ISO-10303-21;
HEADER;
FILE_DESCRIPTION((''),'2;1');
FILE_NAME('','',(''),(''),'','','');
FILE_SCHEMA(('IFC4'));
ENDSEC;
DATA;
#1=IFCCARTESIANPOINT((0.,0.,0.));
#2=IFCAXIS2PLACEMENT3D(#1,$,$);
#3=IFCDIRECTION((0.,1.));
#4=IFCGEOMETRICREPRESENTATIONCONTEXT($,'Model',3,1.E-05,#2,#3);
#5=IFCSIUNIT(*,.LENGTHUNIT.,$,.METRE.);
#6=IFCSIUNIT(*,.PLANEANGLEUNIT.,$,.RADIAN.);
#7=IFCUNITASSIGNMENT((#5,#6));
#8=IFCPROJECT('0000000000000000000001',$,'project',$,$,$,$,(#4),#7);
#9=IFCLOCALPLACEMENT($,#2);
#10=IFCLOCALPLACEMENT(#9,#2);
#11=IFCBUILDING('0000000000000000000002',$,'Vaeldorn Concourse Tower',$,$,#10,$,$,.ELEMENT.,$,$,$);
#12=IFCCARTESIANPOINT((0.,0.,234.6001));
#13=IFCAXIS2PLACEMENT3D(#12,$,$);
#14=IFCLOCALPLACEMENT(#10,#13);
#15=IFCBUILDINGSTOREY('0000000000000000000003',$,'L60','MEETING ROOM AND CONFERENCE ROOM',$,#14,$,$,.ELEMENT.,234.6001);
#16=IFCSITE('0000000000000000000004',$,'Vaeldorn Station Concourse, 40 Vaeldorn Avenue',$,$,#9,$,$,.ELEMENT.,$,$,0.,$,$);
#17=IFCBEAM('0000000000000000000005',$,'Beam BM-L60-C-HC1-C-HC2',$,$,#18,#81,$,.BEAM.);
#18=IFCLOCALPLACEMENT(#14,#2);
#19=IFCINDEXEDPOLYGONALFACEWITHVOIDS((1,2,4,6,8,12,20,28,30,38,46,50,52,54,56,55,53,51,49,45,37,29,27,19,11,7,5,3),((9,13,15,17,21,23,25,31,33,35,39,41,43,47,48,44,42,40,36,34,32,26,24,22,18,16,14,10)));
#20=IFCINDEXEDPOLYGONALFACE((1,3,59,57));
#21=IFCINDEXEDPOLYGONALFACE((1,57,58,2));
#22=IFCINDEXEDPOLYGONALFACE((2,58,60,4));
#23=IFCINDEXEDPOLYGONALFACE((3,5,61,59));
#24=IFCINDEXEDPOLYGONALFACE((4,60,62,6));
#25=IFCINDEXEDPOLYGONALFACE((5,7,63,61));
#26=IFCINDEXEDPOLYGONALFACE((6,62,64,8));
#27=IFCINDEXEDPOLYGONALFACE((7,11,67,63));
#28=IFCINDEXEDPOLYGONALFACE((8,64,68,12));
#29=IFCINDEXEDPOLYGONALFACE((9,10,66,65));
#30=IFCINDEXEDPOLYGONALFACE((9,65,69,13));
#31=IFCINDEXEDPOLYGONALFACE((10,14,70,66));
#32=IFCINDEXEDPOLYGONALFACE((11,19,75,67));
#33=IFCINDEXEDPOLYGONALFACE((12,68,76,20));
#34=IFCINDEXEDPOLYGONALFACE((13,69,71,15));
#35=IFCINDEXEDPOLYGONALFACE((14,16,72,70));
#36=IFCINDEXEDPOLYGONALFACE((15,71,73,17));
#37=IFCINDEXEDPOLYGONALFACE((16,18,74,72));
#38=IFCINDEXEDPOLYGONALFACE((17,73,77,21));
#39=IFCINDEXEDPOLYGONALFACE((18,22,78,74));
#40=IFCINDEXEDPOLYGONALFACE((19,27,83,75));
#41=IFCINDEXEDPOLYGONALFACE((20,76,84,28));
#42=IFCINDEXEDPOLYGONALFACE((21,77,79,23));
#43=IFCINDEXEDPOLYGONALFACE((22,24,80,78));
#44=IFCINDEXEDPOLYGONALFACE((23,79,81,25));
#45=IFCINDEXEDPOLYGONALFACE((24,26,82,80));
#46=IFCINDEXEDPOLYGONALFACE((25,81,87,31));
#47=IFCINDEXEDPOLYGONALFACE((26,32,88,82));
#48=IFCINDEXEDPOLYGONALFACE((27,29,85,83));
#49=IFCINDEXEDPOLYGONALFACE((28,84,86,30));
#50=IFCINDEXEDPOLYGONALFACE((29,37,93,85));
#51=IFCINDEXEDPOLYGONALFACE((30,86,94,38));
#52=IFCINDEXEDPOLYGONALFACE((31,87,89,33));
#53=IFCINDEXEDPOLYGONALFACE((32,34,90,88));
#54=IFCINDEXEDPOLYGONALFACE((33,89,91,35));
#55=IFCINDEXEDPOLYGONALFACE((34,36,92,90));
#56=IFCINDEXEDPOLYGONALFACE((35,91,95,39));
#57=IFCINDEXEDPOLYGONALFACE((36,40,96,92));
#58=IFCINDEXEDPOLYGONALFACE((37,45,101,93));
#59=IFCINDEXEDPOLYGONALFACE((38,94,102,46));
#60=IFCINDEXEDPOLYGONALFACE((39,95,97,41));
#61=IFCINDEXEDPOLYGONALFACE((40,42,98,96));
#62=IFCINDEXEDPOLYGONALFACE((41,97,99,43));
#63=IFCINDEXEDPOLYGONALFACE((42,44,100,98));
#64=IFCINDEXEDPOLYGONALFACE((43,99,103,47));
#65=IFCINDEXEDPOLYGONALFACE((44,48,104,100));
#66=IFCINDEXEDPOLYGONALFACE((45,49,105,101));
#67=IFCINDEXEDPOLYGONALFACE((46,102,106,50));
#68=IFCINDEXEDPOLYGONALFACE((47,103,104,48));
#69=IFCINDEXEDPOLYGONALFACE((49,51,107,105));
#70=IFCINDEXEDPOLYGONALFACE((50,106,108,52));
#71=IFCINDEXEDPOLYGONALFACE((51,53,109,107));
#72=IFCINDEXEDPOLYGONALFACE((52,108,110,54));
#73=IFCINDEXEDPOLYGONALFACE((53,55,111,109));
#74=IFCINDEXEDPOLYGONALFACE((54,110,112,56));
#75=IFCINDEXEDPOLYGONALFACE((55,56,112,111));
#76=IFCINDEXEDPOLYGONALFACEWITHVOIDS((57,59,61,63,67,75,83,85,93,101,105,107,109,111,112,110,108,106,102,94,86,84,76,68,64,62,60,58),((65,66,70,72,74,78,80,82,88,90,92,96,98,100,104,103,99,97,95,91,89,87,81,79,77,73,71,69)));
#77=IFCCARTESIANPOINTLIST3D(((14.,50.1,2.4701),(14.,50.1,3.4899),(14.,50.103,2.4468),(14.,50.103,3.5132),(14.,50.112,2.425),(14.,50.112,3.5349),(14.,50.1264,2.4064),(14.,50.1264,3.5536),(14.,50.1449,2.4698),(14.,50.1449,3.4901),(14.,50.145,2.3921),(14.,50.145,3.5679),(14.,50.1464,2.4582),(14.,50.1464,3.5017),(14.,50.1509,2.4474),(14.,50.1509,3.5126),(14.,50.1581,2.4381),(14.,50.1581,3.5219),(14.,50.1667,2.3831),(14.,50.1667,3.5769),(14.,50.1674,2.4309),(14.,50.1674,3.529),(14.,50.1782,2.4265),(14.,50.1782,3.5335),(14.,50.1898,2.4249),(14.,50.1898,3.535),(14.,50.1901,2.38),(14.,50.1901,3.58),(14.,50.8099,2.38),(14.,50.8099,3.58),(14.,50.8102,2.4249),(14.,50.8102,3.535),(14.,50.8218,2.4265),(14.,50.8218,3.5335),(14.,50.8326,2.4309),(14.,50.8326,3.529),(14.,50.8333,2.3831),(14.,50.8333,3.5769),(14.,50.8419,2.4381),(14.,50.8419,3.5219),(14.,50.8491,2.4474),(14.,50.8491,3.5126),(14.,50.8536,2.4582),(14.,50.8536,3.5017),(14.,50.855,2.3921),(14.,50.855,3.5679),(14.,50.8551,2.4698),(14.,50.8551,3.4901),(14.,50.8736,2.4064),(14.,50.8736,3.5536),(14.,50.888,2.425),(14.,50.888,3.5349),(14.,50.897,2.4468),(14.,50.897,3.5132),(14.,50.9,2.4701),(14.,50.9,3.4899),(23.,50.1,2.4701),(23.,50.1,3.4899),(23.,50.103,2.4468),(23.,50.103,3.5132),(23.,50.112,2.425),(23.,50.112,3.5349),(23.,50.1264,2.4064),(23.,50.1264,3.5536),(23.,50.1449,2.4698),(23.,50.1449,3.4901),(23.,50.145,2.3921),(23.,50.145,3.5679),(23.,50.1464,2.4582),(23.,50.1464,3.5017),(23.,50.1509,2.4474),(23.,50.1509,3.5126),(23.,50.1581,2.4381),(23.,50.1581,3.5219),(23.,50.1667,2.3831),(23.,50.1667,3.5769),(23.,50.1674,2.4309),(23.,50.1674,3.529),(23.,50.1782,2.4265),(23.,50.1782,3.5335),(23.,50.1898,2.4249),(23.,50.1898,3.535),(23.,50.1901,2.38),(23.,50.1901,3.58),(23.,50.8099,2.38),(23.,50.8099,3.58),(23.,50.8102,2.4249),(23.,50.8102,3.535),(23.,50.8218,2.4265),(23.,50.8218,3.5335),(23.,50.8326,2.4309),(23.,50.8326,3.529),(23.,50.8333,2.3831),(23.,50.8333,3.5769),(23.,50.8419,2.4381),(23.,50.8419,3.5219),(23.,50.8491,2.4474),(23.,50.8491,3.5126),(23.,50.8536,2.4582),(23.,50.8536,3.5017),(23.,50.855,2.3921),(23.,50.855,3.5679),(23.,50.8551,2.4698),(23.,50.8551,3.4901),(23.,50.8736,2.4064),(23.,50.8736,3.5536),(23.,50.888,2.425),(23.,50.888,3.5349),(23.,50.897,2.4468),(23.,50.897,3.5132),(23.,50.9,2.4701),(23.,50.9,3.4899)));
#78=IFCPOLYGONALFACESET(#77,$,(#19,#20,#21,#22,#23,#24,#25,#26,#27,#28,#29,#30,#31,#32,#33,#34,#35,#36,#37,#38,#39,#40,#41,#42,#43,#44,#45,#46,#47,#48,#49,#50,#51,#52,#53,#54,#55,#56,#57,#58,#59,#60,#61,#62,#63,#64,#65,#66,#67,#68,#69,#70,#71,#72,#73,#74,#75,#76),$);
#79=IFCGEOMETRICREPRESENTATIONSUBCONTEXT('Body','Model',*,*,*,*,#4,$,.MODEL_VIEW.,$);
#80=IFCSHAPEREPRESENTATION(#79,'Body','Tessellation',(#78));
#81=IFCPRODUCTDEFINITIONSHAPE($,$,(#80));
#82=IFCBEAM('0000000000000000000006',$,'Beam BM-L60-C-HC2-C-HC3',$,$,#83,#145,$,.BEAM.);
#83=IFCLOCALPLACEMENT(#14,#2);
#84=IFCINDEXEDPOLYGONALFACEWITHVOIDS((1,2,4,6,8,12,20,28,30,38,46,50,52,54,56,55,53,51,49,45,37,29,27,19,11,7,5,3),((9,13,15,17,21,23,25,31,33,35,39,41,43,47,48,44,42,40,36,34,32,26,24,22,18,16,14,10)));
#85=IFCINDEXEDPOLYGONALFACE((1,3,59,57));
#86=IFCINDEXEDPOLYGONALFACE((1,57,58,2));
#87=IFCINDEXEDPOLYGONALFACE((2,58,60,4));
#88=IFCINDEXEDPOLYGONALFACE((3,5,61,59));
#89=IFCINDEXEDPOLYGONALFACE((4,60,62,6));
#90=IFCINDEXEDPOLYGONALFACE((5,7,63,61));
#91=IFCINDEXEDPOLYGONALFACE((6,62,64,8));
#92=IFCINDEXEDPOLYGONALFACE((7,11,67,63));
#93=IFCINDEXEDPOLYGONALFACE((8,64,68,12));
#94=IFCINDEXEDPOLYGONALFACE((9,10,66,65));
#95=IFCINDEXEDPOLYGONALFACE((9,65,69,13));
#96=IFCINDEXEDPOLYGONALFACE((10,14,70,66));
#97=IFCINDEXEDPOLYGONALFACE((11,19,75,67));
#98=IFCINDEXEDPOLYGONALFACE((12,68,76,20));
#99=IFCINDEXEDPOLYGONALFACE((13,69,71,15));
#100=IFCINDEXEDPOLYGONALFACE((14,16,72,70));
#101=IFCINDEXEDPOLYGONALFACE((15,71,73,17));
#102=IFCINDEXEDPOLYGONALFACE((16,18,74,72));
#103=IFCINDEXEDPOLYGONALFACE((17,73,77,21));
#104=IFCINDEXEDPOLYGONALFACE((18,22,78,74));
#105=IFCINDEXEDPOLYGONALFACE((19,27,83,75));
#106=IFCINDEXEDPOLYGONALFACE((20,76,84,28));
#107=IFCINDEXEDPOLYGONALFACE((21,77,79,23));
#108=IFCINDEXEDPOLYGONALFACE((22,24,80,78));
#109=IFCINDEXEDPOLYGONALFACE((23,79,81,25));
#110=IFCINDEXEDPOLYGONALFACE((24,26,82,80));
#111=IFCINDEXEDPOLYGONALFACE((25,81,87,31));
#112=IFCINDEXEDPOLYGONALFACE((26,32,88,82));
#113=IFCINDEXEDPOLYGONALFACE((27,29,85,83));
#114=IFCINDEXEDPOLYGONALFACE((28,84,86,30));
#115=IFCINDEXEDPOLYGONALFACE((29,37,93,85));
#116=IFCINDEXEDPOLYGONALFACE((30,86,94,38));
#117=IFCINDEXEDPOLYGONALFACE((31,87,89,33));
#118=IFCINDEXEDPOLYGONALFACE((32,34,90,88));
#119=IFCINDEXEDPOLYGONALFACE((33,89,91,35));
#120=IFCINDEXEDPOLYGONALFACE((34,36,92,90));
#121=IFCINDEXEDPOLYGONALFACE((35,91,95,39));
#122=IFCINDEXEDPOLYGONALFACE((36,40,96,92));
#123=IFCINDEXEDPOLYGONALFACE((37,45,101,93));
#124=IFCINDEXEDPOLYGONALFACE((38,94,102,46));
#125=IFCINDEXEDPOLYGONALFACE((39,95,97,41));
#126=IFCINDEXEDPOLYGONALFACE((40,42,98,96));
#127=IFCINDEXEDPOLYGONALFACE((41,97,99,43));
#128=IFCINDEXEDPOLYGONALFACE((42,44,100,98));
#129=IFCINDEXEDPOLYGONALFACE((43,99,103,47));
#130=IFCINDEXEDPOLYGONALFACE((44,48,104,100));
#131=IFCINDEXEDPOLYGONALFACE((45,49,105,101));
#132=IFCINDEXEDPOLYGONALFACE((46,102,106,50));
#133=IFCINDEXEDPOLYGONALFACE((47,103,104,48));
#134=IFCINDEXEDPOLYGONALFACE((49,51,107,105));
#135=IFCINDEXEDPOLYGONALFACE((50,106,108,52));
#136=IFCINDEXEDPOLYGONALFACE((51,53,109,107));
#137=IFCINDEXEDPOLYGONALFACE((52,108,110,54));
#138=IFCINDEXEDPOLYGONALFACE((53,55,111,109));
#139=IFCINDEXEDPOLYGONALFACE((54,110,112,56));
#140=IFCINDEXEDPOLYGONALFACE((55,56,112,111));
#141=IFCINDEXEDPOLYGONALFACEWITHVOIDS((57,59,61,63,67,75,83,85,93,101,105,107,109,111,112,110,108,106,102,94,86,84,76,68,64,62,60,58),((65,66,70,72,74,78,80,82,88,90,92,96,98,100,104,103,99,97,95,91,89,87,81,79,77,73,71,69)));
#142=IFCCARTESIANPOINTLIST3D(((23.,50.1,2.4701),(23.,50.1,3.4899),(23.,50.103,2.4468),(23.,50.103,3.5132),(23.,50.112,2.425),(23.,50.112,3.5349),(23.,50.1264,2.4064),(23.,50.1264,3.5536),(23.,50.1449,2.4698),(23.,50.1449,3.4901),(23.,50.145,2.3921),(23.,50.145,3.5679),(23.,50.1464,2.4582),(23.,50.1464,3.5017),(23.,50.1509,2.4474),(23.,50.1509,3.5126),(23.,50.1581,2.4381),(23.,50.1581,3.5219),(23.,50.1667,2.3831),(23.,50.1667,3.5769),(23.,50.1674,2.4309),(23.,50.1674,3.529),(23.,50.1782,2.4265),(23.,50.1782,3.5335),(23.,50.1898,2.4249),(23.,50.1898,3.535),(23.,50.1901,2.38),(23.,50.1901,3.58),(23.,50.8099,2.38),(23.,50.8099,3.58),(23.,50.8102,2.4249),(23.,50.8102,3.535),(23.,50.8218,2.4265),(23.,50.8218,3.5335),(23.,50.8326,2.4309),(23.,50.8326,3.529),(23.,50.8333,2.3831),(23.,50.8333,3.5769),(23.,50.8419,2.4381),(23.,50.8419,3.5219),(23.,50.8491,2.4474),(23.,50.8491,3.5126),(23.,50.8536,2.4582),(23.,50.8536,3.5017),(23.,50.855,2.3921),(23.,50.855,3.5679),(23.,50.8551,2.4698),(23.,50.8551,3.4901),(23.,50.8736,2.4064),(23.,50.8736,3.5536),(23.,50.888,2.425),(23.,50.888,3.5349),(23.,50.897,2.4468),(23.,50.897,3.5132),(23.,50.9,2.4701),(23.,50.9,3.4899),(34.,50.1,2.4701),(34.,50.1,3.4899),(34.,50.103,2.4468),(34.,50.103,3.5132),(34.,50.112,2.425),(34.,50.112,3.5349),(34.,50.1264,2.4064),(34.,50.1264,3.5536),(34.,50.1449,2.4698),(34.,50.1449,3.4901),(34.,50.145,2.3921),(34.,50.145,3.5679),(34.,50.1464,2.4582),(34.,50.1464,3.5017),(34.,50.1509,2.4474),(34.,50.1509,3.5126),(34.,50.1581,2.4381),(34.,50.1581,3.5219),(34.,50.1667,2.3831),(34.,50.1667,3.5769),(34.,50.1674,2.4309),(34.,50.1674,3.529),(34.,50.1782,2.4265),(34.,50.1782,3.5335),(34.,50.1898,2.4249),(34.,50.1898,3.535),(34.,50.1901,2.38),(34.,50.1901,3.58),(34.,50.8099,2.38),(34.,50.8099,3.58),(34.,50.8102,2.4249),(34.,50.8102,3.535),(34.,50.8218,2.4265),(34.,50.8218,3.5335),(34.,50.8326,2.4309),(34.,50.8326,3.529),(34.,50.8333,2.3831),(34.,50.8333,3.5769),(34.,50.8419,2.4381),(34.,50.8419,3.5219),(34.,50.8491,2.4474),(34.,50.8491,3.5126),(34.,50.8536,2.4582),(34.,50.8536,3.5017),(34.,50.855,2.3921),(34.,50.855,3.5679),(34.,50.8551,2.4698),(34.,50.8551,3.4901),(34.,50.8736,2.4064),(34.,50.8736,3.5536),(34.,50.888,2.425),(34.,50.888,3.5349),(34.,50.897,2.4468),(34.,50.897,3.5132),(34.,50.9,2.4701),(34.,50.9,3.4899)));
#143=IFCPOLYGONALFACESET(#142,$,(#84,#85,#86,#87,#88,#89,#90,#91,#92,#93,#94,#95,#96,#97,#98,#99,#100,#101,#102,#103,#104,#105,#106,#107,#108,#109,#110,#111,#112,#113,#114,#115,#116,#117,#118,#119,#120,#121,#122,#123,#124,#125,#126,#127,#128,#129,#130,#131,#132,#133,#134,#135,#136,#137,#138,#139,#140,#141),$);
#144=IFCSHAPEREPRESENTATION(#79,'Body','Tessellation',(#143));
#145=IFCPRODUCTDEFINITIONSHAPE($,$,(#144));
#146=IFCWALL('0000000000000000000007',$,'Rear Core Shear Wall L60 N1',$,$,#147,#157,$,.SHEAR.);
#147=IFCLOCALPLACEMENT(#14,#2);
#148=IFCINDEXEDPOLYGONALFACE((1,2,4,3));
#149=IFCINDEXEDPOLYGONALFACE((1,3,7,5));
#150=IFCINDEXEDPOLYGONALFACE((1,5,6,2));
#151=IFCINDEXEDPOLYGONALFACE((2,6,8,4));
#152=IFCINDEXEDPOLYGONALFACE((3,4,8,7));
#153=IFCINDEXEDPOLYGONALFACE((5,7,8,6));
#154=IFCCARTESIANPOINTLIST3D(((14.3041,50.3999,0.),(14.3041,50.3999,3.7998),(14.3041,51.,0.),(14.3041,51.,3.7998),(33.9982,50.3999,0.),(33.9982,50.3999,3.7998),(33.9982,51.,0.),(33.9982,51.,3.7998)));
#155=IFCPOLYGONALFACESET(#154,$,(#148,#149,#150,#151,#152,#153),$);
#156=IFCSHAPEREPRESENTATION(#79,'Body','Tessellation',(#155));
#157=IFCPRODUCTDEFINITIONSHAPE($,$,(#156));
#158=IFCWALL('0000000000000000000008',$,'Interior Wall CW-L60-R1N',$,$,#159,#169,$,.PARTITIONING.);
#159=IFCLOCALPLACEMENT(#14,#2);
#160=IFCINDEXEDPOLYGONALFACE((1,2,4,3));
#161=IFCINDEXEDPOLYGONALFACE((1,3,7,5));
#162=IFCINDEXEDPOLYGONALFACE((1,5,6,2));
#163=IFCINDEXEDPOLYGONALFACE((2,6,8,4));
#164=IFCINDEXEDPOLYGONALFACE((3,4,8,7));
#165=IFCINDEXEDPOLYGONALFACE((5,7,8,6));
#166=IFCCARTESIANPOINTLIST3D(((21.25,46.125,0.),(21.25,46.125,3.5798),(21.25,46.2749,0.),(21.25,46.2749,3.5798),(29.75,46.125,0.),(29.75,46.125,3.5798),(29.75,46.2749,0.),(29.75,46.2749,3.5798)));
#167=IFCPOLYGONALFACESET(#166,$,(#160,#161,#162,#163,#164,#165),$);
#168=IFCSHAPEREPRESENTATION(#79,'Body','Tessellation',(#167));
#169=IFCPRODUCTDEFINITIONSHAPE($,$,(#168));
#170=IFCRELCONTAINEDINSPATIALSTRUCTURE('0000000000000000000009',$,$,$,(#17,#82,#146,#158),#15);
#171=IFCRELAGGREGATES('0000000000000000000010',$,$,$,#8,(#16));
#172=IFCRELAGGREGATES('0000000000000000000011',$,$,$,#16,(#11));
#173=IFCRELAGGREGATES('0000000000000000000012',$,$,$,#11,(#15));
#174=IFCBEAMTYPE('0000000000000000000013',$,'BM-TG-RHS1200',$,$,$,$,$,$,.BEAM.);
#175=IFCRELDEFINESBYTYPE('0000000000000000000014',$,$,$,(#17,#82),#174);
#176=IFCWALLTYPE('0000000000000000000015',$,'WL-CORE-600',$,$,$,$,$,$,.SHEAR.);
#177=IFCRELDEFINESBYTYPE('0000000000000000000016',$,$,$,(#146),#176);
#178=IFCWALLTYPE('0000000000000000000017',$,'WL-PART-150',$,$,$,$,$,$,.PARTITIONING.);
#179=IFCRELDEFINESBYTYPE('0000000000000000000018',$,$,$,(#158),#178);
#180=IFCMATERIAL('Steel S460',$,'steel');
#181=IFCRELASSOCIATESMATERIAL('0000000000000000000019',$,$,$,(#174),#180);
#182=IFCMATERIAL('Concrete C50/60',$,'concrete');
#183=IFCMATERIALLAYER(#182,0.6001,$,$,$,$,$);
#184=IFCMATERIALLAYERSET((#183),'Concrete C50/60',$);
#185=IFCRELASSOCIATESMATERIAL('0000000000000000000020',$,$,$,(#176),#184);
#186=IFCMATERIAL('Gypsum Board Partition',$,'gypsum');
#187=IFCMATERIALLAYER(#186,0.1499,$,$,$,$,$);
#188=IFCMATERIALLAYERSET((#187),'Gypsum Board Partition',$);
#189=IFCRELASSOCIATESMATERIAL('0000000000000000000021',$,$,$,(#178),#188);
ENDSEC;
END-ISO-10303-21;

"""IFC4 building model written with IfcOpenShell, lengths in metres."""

from ifc_helpers import new_model, si_unit, direction, frame, frame_2d, origin, origin_2d, place, context, subcontext, project, spatial, rectangle, hollow_rectangle, extrude, source, transform, mapped, material, layer, layer_set, material_profile, profile_set, type_object, element, save


model = new_model("IFC4")

# Units and contexts
model_context = context("Model", 3, precision=1e-05, world=origin(), true_north=direction((0.0, 1.0)))
body_context = subcontext(model_context, "Body", "Model", "MODEL_VIEW")
ifc_project = project(units=[si_unit("LENGTHUNIT", "METRE"), si_unit("PLANEANGLEUNIT", "RADIAN")], contexts=[model_context])

# Site, building, storey
site_placement = place(None, origin())
site = spatial("IfcSite", under=ifc_project, at=site_placement, Name="Vaeldorn Station Concourse, 40 Vaeldorn Avenue", CompositionType="ELEMENT", RefElevation=0.0)
building_placement = place(site_placement, origin())
building = spatial("IfcBuilding", under=site, at=building_placement, Name="Vaeldorn Concourse Tower", CompositionType="ELEMENT")
storey_placement = place(building_placement, frame((0.0, 0.0, 234.6001)))
storey = spatial("IfcBuildingStorey", under=building, at=storey_placement, Name="L60", Description="MEETING ROOM AND CONFERENCE ROOM", CompositionType="ELEMENT", Elevation=234.6001)

# Shared definitions
ifc_material_1 = material(Name="Steel S460", Category="steel")

# Beams
ifc_material_profile_1 = material_profile(ifc_material_1, hollow_rectangle(XDim=0.8, YDim=1.2, WallThickness=0.0449, InnerFilletRadius=0.0449, OuterFilletRadius=0.0901, at=origin_2d()), Name="RHS 1200x800x45")
ifc_profile_set_1 = profile_set([ifc_material_profile_1], Name="Steel S460")
beam_type_1 = type_object("IfcBeamType", Name="BM-TG-RHS1200", PredefinedType="BEAM", material=ifc_profile_set_1)
shared_shape_1 = source(origin(), body_context, "Body", "SweptSolid", [
    extrude(hollow_rectangle(XDim=0.8, YDim=1.2, WallThickness=0.0449, InnerFilletRadius=0.0449, OuterFilletRadius=0.0901, at=origin_2d()), origin(), (0.0, 0.0, 1.0), 9.0),
])
beam_1_placement = place(storey_placement, frame((14.0, 50.5, 2.98), z_axis=(1.0, 0.0, 0.0), x_axis=(0.0, 1.0, 0.0)))
element("IfcBeam", 1, at=beam_1_placement, inside=storey, type_object=beam_type_1, Name="Beam BM-L60-C-HC1-C-HC2", PredefinedType="BEAM", context=body_context, shape_type="MappedRepresentation", body=[
    mapped(shared_shape_1, transform((0.0, 0.0, 0.0), scale=1.0)),
])
shared_shape_2 = source(origin(), body_context, "Body", "SweptSolid", [
    extrude(hollow_rectangle(XDim=0.8, YDim=1.2, WallThickness=0.0449, InnerFilletRadius=0.0449, OuterFilletRadius=0.0901, at=origin_2d()), origin(), (0.0, 0.0, 1.0), 11.0),
])
beam_2_placement = place(storey_placement, frame((23.0, 50.5, 2.98), z_axis=(1.0, 0.0, 0.0), x_axis=(0.0, 1.0, 0.0)))
element("IfcBeam", 2, at=beam_2_placement, inside=storey, type_object=beam_type_1, Name="Beam BM-L60-C-HC2-C-HC3", PredefinedType="BEAM", context=body_context, shape_type="MappedRepresentation", body=[
    mapped(shared_shape_2, transform((0.0, 0.0, 0.0), scale=1.0)),
])

# Walls
ifc_material_2 = material(Name="Concrete C50/60", Category="concrete")
ifc_layer_1 = layer(ifc_material_2, 0.6001)
ifc_layer_set_1 = layer_set([ifc_layer_1], Name="Concrete C50/60")
wall_type_1 = type_object("IfcWallType", Name="WL-CORE-600", PredefinedType="SHEAR", material=ifc_layer_set_1)
wall_1_placement = place(storey_placement, frame((14.304, 50.7, 0.0), z_axis=(0.0, 0.0, 1.0), x_axis=(1.0, 0.0, 0.0)))
element("IfcWall", 3, at=wall_1_placement, inside=storey, type_object=wall_type_1, Name="Rear Core Shear Wall L60 N1", PredefinedType="SHEAR", context=body_context, shape_type="SweptSolid", body=[
    extrude(rectangle(XDim=19.6941, YDim=0.6001, at=frame_2d((9.8472, 0.0))), origin(), (0.0, 0.0, 1.0), 3.7998),
])
ifc_material_3 = material(Name="Gypsum Board Partition", Category="gypsum")
ifc_layer_2 = layer(ifc_material_3, 0.1499)
ifc_layer_set_2 = layer_set([ifc_layer_2], Name="Gypsum Board Partition")
wall_type_2 = type_object("IfcWallType", Name="WL-PART-150", PredefinedType="PARTITIONING", material=ifc_layer_set_2)
wall_2_placement = place(storey_placement, frame((21.25, 46.2, 0.0), z_axis=(0.0, 0.0, 1.0), x_axis=(1.0, 0.0, 0.0)))
element("IfcWall", 4, at=wall_2_placement, inside=storey, type_object=wall_type_2, Name="Interior Wall CW-L60-R1N", PredefinedType="PARTITIONING", context=body_context, shape_type="SweptSolid", body=[
    extrude(rectangle(XDim=8.5, YDim=0.1499, at=frame_2d((4.25, 0.0))), origin(), (0.0, 0.0, 1.0), 3.5798),
])

save(model, "model.ifc")
